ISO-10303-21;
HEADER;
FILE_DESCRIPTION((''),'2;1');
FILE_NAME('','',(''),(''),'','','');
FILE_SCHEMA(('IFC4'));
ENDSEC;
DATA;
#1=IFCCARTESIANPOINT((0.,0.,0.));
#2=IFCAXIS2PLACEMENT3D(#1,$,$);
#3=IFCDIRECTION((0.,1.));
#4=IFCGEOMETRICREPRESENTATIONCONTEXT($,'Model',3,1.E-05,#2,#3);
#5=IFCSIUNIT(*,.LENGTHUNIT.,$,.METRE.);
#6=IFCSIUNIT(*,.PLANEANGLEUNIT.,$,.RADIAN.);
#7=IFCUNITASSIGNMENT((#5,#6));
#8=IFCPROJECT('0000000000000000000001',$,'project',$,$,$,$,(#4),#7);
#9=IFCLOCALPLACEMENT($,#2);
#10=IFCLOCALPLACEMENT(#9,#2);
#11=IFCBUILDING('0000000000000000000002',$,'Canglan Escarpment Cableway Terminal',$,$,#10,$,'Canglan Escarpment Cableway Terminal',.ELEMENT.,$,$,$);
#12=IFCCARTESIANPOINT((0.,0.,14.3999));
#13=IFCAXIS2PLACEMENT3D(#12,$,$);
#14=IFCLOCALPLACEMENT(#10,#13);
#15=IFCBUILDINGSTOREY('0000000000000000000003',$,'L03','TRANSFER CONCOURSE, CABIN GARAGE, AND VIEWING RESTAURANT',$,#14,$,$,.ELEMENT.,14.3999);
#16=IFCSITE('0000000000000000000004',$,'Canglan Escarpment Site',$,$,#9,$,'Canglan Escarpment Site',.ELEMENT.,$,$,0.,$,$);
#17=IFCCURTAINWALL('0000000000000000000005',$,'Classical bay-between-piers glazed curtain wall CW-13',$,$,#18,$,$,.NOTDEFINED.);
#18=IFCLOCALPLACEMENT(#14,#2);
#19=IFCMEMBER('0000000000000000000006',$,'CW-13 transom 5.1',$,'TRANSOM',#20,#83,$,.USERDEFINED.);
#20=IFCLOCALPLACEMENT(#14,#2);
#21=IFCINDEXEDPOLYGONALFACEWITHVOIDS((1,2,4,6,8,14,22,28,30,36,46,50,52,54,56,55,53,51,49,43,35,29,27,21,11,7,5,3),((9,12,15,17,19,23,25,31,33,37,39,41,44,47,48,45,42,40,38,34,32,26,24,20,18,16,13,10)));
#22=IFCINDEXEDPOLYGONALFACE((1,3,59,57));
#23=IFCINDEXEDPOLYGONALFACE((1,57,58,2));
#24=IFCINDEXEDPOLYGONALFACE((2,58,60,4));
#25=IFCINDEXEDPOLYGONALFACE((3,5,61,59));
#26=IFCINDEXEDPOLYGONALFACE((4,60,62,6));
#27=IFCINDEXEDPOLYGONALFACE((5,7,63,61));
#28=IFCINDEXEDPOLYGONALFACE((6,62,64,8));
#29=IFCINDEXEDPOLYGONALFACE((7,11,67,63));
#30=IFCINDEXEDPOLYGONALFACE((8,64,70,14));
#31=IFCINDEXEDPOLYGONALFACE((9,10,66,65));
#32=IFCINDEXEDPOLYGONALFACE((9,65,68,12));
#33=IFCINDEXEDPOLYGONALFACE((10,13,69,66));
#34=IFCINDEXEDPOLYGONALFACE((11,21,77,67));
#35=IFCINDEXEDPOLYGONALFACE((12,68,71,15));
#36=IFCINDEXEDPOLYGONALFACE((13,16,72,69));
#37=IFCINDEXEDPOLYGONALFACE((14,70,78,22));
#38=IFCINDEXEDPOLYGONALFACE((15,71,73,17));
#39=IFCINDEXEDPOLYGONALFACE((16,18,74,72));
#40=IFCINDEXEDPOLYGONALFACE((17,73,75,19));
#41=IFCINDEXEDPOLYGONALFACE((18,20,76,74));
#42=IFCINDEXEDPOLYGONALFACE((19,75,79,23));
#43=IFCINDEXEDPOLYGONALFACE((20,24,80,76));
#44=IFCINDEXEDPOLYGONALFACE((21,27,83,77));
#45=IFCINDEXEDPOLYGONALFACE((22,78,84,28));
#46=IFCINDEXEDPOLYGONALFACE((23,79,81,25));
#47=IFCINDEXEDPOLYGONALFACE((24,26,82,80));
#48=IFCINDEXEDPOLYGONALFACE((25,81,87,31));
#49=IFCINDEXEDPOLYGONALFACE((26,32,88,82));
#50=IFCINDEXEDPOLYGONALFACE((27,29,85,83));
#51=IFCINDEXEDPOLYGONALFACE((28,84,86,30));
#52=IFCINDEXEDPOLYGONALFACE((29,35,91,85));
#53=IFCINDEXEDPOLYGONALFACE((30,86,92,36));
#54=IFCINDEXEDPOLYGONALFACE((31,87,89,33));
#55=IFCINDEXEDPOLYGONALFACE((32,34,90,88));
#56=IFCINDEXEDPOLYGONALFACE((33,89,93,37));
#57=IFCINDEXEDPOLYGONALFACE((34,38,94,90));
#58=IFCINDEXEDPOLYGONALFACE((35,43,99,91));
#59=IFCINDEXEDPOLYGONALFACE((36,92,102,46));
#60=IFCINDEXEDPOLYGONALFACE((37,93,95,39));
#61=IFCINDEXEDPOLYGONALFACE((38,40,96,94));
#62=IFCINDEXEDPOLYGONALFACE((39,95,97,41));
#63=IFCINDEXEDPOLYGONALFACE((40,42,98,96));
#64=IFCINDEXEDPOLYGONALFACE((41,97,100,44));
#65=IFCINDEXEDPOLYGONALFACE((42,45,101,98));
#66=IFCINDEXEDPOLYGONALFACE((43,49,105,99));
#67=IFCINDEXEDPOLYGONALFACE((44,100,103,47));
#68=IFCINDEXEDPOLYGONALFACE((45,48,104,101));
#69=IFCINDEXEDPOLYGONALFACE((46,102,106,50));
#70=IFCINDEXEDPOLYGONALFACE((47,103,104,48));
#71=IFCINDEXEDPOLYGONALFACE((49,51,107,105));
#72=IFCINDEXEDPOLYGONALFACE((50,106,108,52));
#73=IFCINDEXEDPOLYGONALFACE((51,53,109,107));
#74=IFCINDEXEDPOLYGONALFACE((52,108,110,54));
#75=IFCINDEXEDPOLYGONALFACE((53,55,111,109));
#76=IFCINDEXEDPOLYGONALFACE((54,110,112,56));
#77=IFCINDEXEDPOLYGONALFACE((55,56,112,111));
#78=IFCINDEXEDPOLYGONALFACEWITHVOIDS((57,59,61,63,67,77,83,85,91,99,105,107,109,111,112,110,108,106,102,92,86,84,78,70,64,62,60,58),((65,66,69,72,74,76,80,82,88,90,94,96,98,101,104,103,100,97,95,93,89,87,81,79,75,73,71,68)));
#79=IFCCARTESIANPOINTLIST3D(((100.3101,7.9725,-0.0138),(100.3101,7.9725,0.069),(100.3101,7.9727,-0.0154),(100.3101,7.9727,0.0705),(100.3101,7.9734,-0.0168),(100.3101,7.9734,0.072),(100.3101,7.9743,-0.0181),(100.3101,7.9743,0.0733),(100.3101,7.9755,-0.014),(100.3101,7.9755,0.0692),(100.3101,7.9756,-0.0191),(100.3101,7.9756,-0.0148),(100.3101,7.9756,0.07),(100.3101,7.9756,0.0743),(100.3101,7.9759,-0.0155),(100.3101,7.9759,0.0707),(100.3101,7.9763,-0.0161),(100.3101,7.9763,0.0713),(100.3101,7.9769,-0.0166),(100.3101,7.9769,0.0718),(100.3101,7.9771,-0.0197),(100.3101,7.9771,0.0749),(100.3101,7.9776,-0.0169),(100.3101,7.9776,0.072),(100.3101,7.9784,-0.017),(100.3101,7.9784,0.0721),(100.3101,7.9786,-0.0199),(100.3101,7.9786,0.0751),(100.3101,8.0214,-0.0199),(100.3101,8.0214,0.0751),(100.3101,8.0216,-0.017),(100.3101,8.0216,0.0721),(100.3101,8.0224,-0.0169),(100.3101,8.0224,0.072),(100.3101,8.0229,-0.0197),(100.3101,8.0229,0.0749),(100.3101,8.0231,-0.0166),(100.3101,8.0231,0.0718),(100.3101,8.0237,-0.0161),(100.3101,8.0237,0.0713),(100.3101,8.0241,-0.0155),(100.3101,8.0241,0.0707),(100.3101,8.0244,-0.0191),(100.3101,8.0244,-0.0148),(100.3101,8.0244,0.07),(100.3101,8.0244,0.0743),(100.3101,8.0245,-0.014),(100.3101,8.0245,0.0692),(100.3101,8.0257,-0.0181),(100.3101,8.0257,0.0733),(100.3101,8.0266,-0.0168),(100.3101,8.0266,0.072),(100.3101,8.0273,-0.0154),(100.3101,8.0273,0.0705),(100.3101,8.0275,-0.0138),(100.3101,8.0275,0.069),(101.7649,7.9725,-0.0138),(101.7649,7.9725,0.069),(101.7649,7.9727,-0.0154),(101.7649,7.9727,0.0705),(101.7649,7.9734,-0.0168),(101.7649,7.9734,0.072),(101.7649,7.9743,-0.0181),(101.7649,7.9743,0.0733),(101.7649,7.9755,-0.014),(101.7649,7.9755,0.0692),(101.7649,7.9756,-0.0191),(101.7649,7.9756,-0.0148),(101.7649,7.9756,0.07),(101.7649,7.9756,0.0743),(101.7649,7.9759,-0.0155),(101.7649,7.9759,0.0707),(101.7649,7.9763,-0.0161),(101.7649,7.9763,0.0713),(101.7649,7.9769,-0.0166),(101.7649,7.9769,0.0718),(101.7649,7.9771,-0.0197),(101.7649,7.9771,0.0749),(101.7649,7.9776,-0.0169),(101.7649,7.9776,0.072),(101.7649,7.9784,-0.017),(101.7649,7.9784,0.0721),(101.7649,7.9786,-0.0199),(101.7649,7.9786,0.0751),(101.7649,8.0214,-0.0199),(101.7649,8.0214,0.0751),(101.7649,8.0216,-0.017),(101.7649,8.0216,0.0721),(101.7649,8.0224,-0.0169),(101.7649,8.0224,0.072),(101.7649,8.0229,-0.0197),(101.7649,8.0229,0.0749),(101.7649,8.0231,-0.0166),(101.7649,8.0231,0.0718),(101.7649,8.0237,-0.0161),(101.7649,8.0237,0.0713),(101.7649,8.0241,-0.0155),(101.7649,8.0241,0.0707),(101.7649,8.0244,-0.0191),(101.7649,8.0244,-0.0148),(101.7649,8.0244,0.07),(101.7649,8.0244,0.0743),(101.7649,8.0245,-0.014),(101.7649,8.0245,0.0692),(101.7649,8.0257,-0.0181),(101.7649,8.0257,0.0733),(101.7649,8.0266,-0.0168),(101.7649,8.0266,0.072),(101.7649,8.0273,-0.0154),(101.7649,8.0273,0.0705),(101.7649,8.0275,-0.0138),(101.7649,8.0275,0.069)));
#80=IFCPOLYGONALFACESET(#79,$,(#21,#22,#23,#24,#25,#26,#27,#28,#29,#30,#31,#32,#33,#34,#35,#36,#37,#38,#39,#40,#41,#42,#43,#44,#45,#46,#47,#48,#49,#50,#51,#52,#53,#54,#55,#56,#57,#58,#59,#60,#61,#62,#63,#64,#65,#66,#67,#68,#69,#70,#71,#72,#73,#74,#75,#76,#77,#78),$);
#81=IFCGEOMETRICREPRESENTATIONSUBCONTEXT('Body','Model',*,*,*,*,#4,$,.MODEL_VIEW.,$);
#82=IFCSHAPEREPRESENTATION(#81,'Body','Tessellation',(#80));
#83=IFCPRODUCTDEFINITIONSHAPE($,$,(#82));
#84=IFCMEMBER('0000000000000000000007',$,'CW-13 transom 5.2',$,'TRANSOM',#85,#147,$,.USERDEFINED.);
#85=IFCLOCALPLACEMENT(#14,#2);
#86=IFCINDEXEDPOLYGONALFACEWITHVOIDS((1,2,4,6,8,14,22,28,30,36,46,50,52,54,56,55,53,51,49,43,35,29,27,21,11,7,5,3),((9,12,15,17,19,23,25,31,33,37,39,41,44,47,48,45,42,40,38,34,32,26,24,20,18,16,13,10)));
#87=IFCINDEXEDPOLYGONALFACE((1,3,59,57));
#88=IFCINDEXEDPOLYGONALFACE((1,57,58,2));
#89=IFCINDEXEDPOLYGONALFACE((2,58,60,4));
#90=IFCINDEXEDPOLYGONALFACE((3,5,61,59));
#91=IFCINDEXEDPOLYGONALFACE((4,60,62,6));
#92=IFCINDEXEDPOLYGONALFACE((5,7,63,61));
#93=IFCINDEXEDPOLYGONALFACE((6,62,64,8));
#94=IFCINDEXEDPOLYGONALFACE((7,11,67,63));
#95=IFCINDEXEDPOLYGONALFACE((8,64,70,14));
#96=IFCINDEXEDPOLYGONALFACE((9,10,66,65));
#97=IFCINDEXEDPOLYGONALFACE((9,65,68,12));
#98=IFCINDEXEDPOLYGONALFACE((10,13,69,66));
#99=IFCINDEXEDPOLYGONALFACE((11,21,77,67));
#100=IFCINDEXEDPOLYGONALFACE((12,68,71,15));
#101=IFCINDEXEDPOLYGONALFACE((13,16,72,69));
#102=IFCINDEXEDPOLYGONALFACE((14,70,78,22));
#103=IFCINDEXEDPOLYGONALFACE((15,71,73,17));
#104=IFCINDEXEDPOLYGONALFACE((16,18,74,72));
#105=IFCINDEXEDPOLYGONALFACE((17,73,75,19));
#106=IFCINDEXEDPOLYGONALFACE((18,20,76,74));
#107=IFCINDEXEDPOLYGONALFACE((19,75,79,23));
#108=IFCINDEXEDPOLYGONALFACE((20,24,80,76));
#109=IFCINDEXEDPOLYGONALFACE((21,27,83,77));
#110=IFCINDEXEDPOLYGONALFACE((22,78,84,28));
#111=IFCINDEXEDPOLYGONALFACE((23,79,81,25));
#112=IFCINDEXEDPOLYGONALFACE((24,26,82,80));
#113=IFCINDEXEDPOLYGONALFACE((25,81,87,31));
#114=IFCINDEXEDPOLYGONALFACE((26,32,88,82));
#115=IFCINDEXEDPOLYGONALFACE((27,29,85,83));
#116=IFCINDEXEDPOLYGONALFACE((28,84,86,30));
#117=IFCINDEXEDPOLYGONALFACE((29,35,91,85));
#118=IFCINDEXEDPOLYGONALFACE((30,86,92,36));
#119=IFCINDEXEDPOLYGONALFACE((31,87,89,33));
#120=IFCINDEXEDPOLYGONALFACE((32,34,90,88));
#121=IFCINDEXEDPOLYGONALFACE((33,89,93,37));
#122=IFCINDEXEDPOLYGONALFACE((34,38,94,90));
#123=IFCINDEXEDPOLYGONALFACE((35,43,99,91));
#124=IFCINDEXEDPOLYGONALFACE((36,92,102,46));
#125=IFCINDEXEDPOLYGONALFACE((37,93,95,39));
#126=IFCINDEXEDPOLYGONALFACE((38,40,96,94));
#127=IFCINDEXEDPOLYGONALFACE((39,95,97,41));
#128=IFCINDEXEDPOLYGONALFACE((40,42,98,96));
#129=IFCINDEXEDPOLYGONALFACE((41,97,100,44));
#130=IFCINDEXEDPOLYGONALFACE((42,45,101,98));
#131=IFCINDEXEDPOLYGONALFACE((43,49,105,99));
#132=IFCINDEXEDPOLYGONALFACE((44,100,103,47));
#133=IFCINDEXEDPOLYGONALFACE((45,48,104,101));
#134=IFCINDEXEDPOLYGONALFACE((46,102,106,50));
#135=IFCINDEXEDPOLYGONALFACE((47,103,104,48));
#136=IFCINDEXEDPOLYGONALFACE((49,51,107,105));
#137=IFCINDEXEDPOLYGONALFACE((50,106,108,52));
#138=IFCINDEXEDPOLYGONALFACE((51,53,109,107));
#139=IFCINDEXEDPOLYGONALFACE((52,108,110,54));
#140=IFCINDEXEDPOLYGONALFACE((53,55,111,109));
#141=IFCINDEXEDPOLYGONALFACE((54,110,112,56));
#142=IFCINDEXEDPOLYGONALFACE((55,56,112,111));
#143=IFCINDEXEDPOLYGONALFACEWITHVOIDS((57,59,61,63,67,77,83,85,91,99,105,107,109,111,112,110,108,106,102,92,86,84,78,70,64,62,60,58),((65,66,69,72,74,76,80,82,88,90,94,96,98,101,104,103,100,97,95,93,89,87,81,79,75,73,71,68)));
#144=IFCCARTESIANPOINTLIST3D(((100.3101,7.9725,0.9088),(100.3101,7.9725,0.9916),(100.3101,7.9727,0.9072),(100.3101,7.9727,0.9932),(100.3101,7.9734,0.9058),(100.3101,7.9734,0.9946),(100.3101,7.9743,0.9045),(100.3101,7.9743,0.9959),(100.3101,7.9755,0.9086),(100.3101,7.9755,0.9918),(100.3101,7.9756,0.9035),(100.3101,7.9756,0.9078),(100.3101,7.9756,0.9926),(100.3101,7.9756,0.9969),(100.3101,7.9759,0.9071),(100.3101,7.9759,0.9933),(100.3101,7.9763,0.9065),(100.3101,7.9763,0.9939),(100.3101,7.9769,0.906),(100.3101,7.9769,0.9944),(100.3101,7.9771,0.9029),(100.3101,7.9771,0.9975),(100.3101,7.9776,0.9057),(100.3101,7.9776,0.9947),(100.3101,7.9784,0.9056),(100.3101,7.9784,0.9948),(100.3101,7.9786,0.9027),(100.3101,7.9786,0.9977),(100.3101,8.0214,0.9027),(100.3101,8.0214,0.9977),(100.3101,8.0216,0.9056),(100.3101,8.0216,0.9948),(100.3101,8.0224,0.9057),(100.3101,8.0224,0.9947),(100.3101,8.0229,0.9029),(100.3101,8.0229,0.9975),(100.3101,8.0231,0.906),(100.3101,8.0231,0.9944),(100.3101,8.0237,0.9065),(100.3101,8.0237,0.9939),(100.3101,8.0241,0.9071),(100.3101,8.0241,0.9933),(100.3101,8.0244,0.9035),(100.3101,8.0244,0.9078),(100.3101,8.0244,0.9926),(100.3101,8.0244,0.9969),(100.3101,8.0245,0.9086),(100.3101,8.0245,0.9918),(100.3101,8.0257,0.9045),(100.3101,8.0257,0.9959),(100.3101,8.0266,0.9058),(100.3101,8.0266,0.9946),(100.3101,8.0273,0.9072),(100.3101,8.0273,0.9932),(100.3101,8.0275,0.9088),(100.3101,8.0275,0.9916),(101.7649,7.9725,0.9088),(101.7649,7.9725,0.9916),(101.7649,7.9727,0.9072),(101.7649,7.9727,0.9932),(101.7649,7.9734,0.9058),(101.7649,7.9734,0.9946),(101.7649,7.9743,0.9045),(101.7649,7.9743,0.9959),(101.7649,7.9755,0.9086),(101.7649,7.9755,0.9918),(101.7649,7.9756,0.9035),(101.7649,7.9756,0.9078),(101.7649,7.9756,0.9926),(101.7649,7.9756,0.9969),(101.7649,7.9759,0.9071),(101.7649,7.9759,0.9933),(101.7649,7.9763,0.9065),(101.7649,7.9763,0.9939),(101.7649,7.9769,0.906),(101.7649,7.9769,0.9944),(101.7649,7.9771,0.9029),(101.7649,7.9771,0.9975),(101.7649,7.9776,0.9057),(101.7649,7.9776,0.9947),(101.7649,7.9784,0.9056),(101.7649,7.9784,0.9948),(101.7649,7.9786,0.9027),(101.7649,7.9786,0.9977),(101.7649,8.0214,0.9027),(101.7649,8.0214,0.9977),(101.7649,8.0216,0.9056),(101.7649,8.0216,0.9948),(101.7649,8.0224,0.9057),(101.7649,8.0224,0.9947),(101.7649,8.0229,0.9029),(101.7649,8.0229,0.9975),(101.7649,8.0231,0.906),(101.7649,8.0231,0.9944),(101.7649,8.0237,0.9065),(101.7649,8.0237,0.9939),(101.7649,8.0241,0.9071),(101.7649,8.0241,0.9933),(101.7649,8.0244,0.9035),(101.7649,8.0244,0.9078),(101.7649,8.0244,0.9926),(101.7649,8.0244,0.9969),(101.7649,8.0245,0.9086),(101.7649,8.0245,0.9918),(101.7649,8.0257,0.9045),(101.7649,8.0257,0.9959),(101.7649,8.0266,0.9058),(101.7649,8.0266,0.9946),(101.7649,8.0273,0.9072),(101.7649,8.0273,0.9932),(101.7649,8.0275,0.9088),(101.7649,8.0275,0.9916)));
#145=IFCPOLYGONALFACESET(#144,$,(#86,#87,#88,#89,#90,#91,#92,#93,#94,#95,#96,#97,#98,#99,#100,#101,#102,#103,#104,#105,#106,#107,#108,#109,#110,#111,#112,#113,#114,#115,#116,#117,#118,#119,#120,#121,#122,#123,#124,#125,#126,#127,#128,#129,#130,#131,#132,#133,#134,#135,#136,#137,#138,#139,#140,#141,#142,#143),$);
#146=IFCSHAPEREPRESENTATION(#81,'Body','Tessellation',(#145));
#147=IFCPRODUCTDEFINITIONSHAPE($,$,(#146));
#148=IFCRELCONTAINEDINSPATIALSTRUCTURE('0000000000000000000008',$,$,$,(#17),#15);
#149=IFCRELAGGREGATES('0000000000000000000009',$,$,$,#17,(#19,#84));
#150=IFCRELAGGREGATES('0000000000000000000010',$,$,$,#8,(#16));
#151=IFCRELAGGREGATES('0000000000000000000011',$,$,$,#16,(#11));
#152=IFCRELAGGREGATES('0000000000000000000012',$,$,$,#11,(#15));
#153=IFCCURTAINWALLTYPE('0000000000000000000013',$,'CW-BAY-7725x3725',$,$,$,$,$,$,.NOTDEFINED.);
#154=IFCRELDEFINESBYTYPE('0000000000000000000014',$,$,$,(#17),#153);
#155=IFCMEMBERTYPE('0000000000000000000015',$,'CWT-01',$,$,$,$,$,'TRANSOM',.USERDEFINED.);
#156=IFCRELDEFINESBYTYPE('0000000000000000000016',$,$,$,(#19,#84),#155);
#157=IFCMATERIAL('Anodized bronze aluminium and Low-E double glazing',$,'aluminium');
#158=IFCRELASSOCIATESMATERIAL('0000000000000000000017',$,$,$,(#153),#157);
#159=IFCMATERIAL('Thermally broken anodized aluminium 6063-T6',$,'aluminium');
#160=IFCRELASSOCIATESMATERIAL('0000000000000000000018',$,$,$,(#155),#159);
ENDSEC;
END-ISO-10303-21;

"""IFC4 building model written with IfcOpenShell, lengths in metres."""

from ifc_helpers import new_model, si_unit, direction, frame, origin, origin_2d, place, context, subcontext, project, spatial, hollow_rectangle, extrude, material, material_profile, profile_set, type_object, element, aggregate, save


model = new_model("IFC4")

# Units and contexts
model_context = context("Model", 3, precision=1e-05, world=origin(), true_north=direction((0.0, 1.0)))
body_context = subcontext(model_context, "Body", "Model", "MODEL_VIEW")
ifc_project = project(units=[si_unit("LENGTHUNIT", "METRE"), si_unit("PLANEANGLEUNIT", "RADIAN")], contexts=[model_context])

# Site, building, storey
site_placement = place(None, origin())
site = spatial("IfcSite", under=ifc_project, at=site_placement, Name="Canglan Escarpment Site", LongName="Canglan Escarpment Site", CompositionType="ELEMENT", RefElevation=0.0)
building_placement = place(site_placement, origin())
building = spatial("IfcBuilding", under=site, at=building_placement, Name="Canglan Escarpment Cableway Terminal", LongName="Canglan Escarpment Cableway Terminal", CompositionType="ELEMENT")
storey_placement = place(building_placement, frame((0.0, 0.0, 14.3999)))
storey = spatial("IfcBuildingStorey", under=building, at=storey_placement, Name="L03", Description="TRANSFER CONCOURSE, CABIN GARAGE, AND VIEWING RESTAURANT", CompositionType="ELEMENT", Elevation=14.3999)

# Curtain wall, members
ifc_material_1 = material(Name="Anodized bronze aluminium and Low-E double glazing", Category="aluminium")
curtain_wall_type = type_object("IfcCurtainWallType", Name="CW-BAY-7725x3725", PredefinedType="NOTDEFINED", material=ifc_material_1)
curtain_wall_placement = place(storey_placement, origin())
curtain_wall = element("IfcCurtainWall", 1, at=curtain_wall_placement, inside=storey, type_object=curtain_wall_type, Name="Classical bay-between-piers glazed curtain wall CW-13", PredefinedType="NOTDEFINED")
ifc_material_2 = material(Name="Thermally broken anodized aluminium 6063-T6", Category="aluminium")
ifc_material_profile_1 = material_profile(ifc_material_2, hollow_rectangle(XDim=0.0549, YDim=0.095, WallThickness=0.0029, InnerFilletRadius=0.0029, OuterFilletRadius=0.0061, at=origin_2d()), Name="ALU-TRAN 55x95x3")
ifc_profile_set_1 = profile_set([ifc_material_profile_1], Name="Thermally broken anodized aluminium 6063-T6")
member_type_1 = type_object("IfcMemberType", Name="CWT-01", ElementType="TRANSOM", PredefinedType="USERDEFINED", material=ifc_profile_set_1)
member_1_placement = place(storey_placement, frame((100.3101, 8.0, 0.0276), z_axis=(1.0, 0.0, 0.0), x_axis=(0.0, 1.0, 0.0)))
member_1 = element("IfcMember", 2, at=member_1_placement, type_object=member_type_1, Name="CW-13 transom 5.1", ObjectType="TRANSOM", PredefinedType="USERDEFINED", context=body_context, shape_type="SweptSolid", body=[
    extrude(hollow_rectangle(XDim=0.0549, YDim=0.095, WallThickness=0.0029, InnerFilletRadius=0.0029, OuterFilletRadius=0.0061, at=origin_2d()), origin(), (0.0, 0.0, 1.0), 1.4548),
])
member_2_placement = place(storey_placement, frame((100.3101, 8.0, 0.9502), z_axis=(1.0, 0.0, 0.0), x_axis=(0.0, 1.0, 0.0)))
member_2 = element("IfcMember", 3, at=member_2_placement, type_object=member_type_1, Name="CW-13 transom 5.2", ObjectType="TRANSOM", PredefinedType="USERDEFINED", context=body_context, shape_type="SweptSolid", body=[
    extrude(hollow_rectangle(XDim=0.0549, YDim=0.095, WallThickness=0.0029, InnerFilletRadius=0.0029, OuterFilletRadius=0.0061, at=origin_2d()), origin(), (0.0, 0.0, 1.0), 1.4548),
])
aggregate(curtain_wall, [member_1, member_2])

save(model, "model.ifc")
